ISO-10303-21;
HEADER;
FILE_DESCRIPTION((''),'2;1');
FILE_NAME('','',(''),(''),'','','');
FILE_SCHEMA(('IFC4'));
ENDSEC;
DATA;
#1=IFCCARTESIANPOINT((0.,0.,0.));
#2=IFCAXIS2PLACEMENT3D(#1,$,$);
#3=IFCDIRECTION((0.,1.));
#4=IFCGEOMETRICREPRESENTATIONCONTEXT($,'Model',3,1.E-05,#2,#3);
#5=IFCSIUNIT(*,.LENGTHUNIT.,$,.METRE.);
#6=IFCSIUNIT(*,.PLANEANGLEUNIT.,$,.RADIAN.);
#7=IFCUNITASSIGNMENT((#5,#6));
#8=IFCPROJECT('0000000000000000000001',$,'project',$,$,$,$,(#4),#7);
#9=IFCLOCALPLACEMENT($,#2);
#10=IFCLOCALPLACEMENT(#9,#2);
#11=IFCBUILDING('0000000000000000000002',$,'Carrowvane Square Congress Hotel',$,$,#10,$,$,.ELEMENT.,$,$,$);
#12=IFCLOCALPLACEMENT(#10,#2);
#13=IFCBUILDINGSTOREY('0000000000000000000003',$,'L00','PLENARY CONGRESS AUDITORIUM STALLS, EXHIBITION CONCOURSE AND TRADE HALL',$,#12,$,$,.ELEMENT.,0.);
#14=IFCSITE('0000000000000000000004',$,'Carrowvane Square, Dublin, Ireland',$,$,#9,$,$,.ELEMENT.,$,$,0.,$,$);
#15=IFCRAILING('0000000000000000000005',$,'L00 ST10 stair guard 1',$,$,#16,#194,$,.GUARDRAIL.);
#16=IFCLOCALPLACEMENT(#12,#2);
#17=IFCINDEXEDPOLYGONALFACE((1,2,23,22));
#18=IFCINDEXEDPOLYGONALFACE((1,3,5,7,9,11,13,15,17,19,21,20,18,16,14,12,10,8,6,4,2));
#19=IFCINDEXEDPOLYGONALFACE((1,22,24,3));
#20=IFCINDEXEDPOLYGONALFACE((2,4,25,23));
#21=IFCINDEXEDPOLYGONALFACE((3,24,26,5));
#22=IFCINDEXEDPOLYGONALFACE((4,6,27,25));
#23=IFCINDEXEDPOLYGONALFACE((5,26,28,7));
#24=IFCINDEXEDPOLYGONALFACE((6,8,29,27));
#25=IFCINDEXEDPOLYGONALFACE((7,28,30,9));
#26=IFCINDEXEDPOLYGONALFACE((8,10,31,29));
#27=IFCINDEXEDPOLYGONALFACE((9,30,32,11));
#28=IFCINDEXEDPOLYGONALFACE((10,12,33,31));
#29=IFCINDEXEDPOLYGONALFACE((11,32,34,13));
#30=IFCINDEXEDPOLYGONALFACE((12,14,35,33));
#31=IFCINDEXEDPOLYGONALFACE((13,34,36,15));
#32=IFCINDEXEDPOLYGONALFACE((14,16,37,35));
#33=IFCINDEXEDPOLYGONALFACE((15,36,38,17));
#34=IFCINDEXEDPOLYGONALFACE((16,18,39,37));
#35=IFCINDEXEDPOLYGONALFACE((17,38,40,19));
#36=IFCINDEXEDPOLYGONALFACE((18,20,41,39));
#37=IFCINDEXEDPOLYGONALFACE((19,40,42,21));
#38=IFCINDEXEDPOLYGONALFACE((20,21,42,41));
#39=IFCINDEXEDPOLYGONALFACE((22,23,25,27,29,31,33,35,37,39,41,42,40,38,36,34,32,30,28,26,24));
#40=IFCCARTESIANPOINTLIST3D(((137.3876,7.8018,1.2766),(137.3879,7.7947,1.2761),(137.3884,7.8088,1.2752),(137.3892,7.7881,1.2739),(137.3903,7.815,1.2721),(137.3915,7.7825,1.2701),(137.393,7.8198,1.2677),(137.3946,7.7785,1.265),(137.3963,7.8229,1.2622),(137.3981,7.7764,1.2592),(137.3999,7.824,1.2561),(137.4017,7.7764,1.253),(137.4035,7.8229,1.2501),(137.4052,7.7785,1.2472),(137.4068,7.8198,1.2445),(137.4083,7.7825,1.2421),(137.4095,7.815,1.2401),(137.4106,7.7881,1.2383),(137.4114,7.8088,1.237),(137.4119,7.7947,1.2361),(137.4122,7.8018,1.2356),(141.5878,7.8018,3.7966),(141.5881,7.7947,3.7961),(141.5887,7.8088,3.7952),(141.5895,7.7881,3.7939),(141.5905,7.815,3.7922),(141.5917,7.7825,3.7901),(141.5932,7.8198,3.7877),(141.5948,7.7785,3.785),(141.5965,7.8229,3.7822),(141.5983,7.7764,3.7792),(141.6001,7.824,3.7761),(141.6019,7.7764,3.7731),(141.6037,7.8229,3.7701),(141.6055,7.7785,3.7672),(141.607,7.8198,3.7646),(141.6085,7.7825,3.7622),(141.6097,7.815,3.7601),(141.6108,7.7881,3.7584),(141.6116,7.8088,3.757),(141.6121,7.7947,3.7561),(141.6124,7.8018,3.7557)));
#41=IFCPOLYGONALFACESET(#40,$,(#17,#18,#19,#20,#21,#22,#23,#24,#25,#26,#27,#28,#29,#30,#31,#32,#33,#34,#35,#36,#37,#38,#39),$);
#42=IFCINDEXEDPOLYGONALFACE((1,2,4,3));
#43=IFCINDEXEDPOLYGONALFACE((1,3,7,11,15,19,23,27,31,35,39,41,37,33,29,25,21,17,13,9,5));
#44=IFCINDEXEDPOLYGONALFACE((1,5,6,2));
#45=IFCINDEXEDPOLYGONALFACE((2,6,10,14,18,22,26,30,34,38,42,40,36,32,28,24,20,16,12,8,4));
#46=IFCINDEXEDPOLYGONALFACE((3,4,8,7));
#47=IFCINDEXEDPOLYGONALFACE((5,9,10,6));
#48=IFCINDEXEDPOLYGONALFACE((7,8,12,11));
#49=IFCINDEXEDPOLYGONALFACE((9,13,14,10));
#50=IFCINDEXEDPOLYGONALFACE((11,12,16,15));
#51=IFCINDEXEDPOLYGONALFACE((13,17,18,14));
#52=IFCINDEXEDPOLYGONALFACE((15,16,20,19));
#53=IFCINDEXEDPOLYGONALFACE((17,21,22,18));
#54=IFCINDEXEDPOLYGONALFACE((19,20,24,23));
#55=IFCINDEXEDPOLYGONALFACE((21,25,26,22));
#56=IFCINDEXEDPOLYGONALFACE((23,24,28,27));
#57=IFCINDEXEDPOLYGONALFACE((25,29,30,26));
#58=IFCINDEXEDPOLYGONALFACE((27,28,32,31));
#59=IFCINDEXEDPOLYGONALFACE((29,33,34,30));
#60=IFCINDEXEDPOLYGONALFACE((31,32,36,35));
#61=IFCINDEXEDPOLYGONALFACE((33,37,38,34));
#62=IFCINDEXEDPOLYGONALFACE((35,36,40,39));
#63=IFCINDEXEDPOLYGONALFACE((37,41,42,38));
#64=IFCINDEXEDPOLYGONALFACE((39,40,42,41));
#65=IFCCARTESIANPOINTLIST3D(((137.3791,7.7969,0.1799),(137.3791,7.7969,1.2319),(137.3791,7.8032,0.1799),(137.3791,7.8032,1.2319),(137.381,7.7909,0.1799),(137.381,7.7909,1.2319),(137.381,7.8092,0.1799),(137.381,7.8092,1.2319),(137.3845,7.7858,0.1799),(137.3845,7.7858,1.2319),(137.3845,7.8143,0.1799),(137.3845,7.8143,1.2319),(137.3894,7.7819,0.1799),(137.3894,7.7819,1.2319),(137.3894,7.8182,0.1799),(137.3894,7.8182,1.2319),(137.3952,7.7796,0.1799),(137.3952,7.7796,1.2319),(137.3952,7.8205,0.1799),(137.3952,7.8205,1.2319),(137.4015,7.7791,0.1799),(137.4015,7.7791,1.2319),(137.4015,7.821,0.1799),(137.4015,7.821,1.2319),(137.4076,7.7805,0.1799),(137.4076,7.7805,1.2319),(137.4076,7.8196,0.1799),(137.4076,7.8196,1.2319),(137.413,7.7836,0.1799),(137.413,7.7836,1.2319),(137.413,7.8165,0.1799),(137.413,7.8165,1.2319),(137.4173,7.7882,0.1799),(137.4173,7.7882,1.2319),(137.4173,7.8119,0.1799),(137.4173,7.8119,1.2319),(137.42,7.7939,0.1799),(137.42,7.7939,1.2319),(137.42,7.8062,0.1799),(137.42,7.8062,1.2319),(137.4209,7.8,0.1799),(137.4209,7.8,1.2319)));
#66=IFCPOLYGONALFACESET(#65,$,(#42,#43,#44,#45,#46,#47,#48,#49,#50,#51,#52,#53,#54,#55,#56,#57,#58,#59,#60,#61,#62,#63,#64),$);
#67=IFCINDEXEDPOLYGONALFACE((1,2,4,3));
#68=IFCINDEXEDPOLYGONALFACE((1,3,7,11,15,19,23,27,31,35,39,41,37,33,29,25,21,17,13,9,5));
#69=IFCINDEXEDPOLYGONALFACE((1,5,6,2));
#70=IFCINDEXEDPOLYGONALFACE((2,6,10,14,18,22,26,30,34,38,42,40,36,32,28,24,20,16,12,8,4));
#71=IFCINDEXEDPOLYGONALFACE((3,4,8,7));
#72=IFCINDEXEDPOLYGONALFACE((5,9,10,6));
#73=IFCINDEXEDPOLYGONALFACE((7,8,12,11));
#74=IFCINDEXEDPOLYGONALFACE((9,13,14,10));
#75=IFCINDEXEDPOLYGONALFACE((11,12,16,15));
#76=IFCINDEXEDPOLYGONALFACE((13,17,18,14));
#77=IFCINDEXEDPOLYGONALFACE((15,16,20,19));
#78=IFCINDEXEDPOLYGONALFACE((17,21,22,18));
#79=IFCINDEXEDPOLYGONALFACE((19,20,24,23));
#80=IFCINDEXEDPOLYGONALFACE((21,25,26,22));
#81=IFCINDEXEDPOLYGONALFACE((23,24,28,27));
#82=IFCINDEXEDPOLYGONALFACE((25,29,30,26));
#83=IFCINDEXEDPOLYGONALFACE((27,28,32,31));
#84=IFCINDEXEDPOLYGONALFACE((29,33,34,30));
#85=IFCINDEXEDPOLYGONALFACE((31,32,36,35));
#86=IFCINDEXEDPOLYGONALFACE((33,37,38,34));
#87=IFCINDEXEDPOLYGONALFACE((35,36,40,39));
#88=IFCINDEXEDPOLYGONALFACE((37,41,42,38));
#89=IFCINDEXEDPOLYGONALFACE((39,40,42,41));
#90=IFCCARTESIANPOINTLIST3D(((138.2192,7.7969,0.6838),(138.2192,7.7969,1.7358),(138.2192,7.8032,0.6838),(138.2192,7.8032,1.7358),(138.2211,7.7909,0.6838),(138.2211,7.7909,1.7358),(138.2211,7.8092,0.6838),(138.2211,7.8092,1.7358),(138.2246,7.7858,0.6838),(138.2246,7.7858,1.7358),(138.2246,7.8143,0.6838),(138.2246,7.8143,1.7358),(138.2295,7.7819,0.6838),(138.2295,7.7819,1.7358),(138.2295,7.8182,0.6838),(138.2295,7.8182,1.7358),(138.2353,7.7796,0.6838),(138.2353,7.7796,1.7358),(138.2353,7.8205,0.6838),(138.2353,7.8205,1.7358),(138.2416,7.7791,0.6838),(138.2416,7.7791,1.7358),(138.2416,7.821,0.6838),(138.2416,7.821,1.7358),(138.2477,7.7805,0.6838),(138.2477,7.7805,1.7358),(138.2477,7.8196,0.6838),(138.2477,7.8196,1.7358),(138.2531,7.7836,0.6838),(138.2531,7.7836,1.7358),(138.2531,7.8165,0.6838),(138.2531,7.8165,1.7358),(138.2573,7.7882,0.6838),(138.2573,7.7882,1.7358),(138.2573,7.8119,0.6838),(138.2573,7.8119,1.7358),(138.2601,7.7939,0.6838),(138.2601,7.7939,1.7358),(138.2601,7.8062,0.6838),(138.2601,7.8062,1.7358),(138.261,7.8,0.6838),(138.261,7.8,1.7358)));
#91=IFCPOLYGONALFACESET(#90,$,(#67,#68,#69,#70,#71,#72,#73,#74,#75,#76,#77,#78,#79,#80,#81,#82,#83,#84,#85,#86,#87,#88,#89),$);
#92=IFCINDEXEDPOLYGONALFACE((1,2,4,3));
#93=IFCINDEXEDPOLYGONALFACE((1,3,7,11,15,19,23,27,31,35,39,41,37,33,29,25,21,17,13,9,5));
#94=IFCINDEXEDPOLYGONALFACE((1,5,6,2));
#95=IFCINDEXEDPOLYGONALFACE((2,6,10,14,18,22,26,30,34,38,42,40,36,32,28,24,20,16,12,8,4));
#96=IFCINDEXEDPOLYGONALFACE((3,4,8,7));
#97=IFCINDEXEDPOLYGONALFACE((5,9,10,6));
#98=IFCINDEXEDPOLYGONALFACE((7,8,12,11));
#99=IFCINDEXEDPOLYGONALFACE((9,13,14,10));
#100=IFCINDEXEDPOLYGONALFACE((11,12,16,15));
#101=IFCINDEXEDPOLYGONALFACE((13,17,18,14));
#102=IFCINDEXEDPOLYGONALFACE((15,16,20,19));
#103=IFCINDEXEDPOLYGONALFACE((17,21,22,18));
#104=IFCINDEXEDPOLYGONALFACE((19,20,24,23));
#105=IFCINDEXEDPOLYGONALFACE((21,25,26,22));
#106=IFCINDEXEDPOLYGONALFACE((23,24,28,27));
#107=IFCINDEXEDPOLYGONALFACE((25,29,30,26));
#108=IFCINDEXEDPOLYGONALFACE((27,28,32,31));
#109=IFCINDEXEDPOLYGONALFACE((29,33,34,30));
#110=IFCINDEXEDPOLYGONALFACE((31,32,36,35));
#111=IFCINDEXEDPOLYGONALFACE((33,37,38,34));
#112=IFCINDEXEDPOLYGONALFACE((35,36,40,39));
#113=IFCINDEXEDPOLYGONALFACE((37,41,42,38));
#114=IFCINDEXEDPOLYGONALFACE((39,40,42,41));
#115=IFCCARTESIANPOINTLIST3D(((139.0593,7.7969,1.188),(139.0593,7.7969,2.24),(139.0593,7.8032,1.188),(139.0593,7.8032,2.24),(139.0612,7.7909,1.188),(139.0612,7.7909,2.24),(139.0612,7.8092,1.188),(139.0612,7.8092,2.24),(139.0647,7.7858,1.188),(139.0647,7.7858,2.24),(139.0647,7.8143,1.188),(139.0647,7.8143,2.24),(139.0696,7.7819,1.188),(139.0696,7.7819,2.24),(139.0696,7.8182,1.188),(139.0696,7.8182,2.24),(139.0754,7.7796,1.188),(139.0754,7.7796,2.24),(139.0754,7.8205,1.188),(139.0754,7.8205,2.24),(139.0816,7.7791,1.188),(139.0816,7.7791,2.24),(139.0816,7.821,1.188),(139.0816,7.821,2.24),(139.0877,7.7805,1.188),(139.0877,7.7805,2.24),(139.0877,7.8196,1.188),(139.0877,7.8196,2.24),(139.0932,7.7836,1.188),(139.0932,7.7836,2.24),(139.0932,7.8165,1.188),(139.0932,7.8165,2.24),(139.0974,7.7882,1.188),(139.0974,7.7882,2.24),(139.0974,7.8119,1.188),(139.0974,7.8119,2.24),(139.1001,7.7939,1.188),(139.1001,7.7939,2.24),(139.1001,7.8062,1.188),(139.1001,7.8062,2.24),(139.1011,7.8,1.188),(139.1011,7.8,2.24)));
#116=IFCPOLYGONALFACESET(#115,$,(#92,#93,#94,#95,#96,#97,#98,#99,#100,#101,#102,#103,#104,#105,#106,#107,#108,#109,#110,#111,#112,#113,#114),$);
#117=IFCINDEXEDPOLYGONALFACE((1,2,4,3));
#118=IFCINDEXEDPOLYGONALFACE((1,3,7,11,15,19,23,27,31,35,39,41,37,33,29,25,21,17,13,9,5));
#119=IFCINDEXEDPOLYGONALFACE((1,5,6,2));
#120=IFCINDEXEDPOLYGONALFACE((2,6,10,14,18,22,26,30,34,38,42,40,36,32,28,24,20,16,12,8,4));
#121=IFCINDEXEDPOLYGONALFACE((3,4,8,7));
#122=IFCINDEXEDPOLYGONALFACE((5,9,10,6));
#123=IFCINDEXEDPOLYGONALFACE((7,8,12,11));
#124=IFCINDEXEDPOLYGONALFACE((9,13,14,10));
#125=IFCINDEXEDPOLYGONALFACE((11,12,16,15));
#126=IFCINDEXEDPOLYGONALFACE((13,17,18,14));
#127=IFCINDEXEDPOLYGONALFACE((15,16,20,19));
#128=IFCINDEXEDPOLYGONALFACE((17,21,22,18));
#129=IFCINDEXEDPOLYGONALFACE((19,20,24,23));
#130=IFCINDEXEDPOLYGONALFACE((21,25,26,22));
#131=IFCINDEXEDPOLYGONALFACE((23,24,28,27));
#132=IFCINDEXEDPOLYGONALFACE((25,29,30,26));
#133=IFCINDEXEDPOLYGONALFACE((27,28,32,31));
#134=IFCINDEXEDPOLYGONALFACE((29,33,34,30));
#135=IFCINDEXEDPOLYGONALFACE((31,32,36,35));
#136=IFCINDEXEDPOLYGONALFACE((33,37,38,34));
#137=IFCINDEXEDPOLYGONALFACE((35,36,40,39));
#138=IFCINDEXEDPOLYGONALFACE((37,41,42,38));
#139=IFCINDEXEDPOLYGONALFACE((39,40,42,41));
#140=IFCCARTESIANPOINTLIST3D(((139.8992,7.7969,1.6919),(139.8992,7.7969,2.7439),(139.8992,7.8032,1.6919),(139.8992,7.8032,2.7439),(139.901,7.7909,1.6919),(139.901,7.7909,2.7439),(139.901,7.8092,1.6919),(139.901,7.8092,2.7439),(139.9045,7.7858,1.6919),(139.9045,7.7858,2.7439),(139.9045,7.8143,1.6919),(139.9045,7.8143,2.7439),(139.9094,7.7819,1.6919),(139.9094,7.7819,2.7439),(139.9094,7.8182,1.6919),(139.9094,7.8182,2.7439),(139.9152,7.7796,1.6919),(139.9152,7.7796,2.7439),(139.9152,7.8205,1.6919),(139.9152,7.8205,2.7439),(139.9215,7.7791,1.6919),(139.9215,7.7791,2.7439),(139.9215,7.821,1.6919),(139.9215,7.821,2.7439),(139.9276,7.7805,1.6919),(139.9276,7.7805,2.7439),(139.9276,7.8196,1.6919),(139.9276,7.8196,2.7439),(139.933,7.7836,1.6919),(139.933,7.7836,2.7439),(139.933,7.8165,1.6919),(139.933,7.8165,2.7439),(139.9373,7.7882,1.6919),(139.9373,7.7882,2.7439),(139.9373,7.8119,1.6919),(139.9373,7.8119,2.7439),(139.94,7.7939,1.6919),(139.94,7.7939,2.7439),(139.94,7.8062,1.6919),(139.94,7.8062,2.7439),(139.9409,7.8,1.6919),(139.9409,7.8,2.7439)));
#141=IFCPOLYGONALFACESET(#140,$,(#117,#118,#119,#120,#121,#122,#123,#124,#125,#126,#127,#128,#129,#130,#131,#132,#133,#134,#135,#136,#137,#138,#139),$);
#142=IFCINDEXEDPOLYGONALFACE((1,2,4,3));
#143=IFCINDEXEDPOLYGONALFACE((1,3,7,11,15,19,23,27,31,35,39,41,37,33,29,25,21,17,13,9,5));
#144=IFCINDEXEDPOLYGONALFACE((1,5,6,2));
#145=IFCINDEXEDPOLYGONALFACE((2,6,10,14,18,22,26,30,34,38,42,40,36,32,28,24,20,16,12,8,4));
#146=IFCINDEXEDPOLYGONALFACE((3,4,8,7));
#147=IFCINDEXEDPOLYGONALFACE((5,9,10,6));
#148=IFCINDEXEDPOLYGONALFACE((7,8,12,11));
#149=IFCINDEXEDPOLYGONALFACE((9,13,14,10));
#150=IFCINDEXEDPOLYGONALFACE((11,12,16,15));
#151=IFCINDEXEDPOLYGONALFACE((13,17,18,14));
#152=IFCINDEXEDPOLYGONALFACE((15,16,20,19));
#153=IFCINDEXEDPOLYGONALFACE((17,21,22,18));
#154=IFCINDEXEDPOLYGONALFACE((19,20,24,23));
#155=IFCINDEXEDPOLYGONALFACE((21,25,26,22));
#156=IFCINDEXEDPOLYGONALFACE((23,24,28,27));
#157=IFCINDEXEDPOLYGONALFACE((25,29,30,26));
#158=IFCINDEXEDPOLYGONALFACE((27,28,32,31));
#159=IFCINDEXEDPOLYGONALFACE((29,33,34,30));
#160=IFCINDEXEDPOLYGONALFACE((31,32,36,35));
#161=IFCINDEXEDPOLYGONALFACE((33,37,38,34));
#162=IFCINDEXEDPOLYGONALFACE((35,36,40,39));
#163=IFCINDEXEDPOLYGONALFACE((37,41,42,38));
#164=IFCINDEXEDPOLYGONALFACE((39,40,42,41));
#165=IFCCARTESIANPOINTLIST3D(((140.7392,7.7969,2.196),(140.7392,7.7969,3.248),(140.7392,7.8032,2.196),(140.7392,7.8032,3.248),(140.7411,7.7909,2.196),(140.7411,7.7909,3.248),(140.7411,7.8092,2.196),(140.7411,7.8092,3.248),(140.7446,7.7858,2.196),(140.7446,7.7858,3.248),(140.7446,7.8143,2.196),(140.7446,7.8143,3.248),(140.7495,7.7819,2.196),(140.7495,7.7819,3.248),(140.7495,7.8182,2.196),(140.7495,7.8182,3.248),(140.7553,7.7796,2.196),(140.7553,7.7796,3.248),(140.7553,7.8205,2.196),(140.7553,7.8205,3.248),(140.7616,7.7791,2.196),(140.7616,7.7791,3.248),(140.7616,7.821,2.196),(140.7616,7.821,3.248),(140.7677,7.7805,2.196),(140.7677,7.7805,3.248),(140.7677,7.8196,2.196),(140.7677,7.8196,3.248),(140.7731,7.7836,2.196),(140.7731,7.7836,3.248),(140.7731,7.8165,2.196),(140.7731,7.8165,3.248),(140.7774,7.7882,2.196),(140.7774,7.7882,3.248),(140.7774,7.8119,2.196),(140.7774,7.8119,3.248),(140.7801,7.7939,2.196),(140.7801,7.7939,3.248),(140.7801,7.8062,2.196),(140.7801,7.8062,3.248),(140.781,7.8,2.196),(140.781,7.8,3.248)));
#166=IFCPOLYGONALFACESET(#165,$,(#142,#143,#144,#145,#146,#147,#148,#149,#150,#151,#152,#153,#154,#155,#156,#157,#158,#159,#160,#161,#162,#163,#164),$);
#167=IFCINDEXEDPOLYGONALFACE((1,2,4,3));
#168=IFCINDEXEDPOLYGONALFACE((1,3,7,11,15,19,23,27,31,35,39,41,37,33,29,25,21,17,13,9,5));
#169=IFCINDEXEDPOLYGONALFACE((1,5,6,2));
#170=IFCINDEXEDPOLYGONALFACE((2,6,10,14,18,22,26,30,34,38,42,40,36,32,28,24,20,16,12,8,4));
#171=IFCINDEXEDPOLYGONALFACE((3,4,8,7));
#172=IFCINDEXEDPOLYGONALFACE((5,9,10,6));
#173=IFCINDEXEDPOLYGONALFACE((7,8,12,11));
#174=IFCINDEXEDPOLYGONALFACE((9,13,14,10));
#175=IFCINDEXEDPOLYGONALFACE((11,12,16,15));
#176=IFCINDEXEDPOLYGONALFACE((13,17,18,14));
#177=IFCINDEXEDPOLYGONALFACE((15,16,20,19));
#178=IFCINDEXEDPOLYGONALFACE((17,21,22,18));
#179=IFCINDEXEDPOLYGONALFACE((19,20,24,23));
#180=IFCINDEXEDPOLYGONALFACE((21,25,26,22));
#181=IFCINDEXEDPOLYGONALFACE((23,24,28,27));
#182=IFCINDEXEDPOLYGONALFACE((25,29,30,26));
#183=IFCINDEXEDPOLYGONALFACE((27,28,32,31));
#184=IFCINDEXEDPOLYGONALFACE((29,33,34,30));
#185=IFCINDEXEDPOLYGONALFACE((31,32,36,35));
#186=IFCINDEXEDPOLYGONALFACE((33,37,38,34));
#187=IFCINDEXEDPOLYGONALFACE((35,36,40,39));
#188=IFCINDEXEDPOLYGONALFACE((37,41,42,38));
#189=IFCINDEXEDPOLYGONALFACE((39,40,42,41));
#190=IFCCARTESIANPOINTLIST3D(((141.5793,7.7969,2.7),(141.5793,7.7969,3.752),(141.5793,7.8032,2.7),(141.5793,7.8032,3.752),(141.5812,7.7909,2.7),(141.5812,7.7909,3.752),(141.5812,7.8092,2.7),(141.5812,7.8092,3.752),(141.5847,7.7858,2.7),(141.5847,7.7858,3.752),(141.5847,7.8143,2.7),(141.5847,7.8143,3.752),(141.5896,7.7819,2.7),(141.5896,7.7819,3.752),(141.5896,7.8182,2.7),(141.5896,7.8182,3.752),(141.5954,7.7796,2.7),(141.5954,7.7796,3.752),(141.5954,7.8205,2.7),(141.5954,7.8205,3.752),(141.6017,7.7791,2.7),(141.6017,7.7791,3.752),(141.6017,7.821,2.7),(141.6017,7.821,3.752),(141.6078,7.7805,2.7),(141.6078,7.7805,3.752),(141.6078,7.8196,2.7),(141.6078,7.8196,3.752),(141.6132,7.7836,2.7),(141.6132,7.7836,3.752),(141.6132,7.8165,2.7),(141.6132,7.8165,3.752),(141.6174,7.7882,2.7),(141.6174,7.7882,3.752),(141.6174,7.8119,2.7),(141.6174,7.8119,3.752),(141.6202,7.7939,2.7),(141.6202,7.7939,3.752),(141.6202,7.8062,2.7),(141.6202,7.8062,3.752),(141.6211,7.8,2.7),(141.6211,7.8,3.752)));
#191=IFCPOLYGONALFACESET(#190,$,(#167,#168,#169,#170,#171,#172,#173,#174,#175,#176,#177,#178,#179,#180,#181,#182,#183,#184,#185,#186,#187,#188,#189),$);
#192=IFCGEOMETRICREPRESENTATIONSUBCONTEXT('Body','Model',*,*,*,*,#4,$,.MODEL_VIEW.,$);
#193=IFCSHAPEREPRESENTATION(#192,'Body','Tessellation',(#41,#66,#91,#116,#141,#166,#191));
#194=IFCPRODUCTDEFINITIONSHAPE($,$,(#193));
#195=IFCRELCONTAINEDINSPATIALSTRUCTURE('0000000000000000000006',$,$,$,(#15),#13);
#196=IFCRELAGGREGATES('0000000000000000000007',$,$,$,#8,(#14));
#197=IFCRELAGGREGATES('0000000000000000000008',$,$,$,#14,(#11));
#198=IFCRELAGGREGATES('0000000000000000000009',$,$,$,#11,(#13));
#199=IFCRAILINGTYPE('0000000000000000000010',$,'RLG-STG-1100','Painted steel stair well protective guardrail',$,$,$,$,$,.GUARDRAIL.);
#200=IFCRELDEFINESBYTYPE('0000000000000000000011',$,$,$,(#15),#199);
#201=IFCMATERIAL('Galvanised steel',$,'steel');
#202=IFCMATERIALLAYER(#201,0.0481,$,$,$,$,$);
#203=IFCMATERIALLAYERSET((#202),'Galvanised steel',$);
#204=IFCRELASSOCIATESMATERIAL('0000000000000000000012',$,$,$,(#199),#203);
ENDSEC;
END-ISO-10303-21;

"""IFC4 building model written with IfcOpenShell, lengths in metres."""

from ifc_helpers import new_model, si_unit, direction, frame, origin, origin_2d, place, context, subcontext, project, spatial, circle, extrude, material, layer, layer_set, type_object, element, save


model = new_model("IFC4")

# Units and contexts
model_context = context("Model", 3, precision=1e-05, world=origin(), true_north=direction((0.0, 1.0)))
body_context = subcontext(model_context, "Body", "Model", "MODEL_VIEW")
ifc_project = project(units=[si_unit("LENGTHUNIT", "METRE"), si_unit("PLANEANGLEUNIT", "RADIAN")], contexts=[model_context])

# Site, building, storey
site_placement = place(None, origin())
site = spatial("IfcSite", under=ifc_project, at=site_placement, Name="Carrowvane Square, Dublin, Ireland", CompositionType="ELEMENT", RefElevation=0.0)
building_placement = place(site_placement, origin())
building = spatial("IfcBuilding", under=site, at=building_placement, Name="Carrowvane Square Congress Hotel", CompositionType="ELEMENT")
storey_placement = place(building_placement, origin())
storey = spatial("IfcBuildingStorey", under=building, at=storey_placement, Name="L00", Description="PLENARY CONGRESS AUDITORIUM STALLS, EXHIBITION CONCOURSE AND TRADE HALL", CompositionType="ELEMENT", Elevation=0.0)

# Railing
ifc_material_1 = material(Name="Galvanised steel", Category="steel")
ifc_layer_1 = layer(ifc_material_1, 0.0481)
ifc_layer_set_1 = layer_set([ifc_layer_1], Name="Galvanised steel")
railing_type_1 = type_object("IfcRailingType", Name="RLG-STG-1100", Description="Painted steel stair well protective guardrail", PredefinedType="GUARDRAIL", material=ifc_layer_set_1)
railing_1_placement = place(storey_placement, frame((137.3999, 7.8, 0.1799)))
element("IfcRailing", 1, at=railing_1_placement, inside=storey, type_object=railing_type_1, Name="L00 ST10 stair guard 1", PredefinedType="GUARDRAIL", context=body_context, shape_type="SweptSolid", body=[
    extrude(circle(Radius=0.0239, at=origin_2d()), frame((0.0, 0.0, 1.0762), z_axis=(0.857502, 0.0, 0.514481), x_axis=(0.0, 1.0, 0.0)), (0.0, 0.0, 1.0), 4.8982),
    extrude(circle(Radius=0.021, at=origin_2d()), origin(), (0.0, 0.0, 1.0), 1.052),
    extrude(circle(Radius=0.021, at=origin_2d()), frame((0.8401, 0.0, 0.5039)), (0.0, 0.0, 1.0), 1.052),
    extrude(circle(Radius=0.021, at=origin_2d()), frame((1.6802, 0.0, 1.0081)), (0.0, 0.0, 1.0), 1.052),
    extrude(circle(Radius=0.021, at=origin_2d()), frame((2.52, 0.0, 1.512)), (0.0, 0.0, 1.0), 1.052),
    extrude(circle(Radius=0.021, at=origin_2d()), frame((3.3601, 0.0, 2.0161)), (0.0, 0.0, 1.0), 1.052),
    extrude(circle(Radius=0.021, at=origin_2d()), frame((4.2002, 0.0, 2.52)), (0.0, 0.0, 1.0), 1.052),
])

save(model, "model.ifc")
